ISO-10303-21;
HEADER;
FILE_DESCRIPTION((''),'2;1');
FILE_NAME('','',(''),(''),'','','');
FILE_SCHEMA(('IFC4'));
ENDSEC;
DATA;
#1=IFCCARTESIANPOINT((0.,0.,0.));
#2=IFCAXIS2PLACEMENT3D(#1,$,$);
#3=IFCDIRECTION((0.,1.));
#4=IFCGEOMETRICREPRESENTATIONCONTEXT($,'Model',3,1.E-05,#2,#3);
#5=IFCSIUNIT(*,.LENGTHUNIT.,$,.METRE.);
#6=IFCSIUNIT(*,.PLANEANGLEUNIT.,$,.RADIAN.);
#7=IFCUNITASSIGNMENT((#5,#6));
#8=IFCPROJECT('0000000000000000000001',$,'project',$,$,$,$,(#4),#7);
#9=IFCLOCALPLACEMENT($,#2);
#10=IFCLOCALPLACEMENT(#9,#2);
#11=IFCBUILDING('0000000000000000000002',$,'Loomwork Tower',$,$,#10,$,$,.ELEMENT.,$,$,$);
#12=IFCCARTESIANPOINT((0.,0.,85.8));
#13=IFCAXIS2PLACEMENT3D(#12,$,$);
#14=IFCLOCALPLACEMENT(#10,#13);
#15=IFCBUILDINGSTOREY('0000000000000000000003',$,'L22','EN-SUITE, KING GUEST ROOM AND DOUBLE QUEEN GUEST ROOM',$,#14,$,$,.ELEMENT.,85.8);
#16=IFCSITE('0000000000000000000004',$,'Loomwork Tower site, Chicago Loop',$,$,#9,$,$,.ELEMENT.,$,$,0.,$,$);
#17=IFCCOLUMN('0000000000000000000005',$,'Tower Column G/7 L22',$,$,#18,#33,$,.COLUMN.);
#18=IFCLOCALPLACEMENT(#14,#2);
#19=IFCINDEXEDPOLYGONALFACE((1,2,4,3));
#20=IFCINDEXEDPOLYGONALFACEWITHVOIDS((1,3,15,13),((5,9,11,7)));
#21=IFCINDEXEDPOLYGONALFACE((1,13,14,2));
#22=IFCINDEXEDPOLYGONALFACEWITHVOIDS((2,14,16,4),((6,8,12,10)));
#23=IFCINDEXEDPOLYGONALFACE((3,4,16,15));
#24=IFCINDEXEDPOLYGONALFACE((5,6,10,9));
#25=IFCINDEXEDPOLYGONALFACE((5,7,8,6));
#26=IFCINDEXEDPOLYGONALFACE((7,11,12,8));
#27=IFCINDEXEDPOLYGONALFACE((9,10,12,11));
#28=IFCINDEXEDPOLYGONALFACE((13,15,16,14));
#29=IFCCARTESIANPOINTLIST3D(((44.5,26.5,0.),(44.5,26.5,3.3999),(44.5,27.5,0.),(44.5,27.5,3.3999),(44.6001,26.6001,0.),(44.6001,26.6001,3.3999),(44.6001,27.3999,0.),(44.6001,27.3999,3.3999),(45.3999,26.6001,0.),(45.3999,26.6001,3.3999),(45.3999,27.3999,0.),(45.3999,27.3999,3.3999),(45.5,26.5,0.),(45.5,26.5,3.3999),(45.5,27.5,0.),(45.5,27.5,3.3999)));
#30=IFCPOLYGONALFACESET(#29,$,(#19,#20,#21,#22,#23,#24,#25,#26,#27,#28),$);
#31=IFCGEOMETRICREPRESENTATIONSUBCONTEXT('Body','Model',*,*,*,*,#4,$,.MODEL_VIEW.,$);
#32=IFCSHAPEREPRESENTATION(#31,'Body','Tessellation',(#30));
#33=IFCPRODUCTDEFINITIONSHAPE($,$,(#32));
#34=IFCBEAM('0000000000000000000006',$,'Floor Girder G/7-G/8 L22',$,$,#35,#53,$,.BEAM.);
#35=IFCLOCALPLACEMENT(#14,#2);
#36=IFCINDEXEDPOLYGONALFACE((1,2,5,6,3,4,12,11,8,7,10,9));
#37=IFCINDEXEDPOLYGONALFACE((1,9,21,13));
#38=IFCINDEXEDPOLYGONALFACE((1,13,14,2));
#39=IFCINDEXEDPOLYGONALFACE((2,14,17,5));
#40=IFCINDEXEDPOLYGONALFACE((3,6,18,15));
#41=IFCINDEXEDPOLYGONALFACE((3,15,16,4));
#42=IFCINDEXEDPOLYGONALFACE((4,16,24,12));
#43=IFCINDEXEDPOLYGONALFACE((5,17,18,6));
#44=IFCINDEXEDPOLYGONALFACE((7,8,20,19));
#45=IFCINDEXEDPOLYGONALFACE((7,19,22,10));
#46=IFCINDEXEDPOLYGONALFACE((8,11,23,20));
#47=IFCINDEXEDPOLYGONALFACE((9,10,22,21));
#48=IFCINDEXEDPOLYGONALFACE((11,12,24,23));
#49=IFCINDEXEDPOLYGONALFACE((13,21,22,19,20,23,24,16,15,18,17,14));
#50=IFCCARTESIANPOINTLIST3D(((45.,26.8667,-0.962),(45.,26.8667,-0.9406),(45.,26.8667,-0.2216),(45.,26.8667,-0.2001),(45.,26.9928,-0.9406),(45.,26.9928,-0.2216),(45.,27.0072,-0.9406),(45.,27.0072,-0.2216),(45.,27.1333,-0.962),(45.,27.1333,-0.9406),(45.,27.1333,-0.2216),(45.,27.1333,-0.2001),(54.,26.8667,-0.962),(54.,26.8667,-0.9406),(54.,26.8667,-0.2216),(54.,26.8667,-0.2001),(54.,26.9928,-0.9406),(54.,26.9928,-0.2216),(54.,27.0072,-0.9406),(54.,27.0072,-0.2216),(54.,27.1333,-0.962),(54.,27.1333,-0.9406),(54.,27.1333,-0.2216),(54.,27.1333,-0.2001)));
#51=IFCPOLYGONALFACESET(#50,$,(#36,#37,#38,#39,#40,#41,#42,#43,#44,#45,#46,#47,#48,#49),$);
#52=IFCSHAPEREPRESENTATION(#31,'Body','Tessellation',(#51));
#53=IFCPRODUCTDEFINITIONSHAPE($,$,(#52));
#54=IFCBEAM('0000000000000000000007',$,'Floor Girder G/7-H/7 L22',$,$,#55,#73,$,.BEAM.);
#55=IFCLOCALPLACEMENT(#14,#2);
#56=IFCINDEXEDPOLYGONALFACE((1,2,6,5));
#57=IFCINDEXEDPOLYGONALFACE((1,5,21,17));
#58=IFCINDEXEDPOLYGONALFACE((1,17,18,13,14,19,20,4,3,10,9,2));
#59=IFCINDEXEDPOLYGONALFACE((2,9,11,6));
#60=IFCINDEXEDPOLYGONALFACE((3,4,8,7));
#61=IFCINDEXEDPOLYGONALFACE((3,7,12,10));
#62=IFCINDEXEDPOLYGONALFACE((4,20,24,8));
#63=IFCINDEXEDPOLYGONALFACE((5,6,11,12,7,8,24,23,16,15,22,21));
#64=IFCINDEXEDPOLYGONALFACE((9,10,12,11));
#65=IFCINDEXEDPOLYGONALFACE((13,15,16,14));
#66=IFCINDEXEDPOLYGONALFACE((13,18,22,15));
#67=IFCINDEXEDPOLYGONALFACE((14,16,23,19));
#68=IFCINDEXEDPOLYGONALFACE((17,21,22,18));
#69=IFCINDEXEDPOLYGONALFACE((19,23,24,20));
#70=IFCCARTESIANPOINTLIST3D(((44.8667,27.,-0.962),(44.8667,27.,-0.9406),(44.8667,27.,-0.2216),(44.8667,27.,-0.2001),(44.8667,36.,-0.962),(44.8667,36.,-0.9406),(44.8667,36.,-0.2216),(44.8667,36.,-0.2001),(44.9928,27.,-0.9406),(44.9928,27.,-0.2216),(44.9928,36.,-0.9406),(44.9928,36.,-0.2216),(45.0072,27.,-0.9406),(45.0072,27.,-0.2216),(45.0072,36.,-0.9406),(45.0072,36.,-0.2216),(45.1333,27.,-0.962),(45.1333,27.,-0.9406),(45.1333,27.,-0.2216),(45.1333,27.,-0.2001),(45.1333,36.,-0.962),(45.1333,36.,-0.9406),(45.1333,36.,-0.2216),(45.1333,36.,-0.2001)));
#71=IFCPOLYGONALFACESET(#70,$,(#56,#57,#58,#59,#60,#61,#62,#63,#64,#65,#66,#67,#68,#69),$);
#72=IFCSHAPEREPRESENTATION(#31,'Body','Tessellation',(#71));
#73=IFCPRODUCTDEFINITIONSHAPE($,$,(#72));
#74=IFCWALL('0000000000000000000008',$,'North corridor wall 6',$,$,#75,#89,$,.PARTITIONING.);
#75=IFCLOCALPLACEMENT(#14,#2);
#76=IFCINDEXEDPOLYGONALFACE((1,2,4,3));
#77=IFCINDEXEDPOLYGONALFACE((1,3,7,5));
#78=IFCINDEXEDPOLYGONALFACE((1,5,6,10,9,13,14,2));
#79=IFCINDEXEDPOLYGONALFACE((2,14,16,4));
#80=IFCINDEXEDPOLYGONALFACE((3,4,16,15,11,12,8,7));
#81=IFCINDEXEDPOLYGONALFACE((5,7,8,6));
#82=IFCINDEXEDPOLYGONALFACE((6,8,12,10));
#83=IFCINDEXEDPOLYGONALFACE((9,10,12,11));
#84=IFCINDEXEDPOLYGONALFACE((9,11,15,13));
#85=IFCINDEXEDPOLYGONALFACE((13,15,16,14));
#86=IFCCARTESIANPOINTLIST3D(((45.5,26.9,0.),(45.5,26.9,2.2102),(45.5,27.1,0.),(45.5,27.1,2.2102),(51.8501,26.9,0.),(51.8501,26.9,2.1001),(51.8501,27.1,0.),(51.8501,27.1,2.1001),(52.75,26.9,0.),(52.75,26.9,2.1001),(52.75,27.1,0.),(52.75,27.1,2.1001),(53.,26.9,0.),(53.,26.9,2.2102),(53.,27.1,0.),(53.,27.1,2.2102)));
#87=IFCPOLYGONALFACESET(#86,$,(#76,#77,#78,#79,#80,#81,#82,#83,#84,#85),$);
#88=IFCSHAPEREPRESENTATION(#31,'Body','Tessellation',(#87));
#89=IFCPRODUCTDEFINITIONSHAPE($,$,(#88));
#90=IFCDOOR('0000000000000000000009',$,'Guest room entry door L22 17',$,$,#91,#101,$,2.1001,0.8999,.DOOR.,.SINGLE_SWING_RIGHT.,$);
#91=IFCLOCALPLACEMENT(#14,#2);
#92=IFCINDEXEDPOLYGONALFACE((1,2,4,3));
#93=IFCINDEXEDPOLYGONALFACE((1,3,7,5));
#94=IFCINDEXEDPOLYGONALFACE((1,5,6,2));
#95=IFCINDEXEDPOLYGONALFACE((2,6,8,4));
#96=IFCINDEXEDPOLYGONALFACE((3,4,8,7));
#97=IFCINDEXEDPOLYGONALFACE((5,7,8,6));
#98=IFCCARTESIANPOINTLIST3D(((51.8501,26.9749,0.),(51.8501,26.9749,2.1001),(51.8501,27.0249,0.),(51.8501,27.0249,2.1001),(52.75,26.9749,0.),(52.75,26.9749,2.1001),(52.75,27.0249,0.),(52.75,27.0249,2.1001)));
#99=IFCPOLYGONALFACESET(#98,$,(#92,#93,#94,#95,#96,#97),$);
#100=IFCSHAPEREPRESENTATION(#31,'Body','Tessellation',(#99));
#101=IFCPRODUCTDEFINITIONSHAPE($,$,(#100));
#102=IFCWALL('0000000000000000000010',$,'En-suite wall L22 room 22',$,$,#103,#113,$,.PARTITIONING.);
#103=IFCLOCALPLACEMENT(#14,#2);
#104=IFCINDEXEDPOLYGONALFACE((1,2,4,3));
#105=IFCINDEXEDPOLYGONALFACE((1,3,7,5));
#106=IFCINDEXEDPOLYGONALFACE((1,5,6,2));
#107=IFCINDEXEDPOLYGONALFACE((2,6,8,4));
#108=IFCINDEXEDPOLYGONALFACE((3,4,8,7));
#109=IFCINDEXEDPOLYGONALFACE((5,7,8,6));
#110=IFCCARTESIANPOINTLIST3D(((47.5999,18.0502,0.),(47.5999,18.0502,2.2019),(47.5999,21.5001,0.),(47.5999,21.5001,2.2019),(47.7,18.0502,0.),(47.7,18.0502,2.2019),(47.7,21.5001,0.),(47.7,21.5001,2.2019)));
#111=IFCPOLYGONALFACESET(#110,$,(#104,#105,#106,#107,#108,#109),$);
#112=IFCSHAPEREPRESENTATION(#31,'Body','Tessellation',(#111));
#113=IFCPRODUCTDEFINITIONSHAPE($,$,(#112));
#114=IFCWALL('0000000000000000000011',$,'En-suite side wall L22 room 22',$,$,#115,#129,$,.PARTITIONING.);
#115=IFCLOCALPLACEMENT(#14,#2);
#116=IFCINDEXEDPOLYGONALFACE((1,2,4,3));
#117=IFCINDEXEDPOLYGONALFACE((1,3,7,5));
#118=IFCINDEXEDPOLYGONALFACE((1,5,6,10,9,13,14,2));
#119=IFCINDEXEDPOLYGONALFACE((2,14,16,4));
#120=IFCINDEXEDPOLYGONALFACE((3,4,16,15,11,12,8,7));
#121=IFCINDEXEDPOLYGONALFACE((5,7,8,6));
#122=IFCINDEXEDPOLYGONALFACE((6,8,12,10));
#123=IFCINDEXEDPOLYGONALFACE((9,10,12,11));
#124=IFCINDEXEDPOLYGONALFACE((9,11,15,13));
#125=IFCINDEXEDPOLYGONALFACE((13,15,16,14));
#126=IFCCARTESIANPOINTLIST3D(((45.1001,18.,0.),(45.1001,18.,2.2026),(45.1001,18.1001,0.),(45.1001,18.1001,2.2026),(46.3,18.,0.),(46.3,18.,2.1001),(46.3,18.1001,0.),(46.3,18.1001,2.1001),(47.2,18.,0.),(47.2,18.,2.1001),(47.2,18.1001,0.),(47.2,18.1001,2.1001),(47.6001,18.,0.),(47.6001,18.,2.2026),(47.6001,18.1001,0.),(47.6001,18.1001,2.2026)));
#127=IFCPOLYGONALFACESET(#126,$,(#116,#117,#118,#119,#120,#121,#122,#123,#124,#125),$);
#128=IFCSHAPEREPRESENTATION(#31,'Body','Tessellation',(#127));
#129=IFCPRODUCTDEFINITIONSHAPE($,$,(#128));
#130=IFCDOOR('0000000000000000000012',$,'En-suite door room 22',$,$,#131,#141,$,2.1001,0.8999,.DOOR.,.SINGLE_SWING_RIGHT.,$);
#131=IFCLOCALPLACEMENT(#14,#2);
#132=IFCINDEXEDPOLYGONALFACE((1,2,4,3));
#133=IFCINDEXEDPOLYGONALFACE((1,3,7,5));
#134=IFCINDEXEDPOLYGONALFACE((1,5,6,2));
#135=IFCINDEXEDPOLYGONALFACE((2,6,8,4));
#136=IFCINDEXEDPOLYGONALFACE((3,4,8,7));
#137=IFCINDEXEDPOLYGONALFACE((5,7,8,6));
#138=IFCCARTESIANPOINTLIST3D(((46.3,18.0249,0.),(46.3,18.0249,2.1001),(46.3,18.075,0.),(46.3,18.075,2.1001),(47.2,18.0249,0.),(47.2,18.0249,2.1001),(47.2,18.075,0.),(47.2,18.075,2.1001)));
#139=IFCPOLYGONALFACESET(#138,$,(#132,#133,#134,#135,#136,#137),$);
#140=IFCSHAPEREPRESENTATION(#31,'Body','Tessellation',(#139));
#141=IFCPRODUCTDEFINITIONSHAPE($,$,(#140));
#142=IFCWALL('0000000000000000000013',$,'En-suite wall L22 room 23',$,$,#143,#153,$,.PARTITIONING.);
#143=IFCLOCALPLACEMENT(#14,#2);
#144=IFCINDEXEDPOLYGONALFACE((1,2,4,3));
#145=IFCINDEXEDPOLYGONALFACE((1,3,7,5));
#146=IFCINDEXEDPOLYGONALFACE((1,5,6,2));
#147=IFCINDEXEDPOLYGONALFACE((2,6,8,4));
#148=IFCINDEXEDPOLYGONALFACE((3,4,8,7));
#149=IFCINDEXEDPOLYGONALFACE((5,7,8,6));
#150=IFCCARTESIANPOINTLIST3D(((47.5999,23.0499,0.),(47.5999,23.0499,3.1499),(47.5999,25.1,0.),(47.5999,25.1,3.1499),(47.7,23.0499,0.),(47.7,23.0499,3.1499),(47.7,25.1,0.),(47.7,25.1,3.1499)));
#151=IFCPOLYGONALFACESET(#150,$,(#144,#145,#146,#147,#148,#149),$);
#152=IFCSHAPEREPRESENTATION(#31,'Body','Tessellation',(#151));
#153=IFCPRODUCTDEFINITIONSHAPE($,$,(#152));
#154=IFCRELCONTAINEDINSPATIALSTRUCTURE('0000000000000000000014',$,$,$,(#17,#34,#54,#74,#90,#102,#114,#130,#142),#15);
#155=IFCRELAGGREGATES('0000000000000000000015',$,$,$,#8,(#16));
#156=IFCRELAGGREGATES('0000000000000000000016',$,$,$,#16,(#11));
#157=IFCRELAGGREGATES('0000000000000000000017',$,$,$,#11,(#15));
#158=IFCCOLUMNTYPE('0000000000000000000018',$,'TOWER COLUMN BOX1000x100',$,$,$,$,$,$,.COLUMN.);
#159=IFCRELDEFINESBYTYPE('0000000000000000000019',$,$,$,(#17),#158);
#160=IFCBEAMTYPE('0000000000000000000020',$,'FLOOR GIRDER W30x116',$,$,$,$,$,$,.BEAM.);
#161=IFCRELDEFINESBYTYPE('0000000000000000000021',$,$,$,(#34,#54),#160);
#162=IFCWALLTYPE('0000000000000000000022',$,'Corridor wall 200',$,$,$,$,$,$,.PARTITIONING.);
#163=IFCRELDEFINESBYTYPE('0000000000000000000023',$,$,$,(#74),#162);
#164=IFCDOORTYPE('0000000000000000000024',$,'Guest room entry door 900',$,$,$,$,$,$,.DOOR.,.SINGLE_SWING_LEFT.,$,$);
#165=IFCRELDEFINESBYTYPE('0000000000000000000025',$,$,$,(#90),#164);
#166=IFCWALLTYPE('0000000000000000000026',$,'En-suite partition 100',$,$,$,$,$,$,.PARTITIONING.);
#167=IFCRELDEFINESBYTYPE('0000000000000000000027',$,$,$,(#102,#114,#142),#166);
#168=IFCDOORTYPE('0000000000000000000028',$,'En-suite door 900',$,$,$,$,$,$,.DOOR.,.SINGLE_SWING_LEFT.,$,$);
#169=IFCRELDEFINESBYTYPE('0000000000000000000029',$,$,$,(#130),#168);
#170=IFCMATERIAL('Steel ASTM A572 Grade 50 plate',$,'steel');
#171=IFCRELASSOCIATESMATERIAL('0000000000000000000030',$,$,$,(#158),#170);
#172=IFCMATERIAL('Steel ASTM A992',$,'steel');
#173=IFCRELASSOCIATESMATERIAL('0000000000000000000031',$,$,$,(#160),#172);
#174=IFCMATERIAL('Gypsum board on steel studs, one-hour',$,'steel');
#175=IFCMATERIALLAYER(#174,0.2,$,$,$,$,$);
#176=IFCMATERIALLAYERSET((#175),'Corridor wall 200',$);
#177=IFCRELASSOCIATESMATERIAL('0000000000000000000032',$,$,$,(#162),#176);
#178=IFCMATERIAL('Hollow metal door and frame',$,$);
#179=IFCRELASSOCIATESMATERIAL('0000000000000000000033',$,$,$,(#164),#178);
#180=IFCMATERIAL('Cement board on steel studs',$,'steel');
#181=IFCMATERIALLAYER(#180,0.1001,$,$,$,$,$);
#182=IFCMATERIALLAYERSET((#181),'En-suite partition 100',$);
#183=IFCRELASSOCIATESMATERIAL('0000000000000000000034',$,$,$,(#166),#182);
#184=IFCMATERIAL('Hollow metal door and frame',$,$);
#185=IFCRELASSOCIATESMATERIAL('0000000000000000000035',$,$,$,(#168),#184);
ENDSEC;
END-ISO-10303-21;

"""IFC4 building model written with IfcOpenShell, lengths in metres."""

from ifc_helpers import new_model, si_unit, direction, frame, frame_2d, origin, origin_2d, place, context, subcontext, project, spatial, rectangle, hollow_rectangle, i_section, extrude, material, layer, layer_set, material_profile, profile_set, type_object, element, fill, save


model = new_model("IFC4")

# Units and contexts
model_context = context("Model", 3, precision=1e-05, world=origin(), true_north=direction((0.0, 1.0)))
body_context = subcontext(model_context, "Body", "Model", "MODEL_VIEW")
ifc_project = project(units=[si_unit("LENGTHUNIT", "METRE"), si_unit("PLANEANGLEUNIT", "RADIAN")], contexts=[model_context])

# Site, building, storey
site_placement = place(None, origin())
site = spatial("IfcSite", under=ifc_project, at=site_placement, Name="Loomwork Tower site, Chicago Loop", CompositionType="ELEMENT", RefElevation=0.0)
building_placement = place(site_placement, origin())
building = spatial("IfcBuilding", under=site, at=building_placement, Name="Loomwork Tower", CompositionType="ELEMENT")
storey_placement = place(building_placement, frame((0.0, 0.0, 85.8)))
storey = spatial("IfcBuildingStorey", under=building, at=storey_placement, Name="L22", Description="EN-SUITE, KING GUEST ROOM AND DOUBLE QUEEN GUEST ROOM", CompositionType="ELEMENT", Elevation=85.8)

# Column
ifc_material_1 = material(Name="Steel ASTM A572 Grade 50 plate", Category="steel")
ifc_material_profile_1 = material_profile(ifc_material_1, hollow_rectangle(XDim=1.0, YDim=1.0, WallThickness=0.1001, at=origin_2d()), Name="BOX1000x100")
ifc_profile_set_1 = profile_set([ifc_material_profile_1], Name="Steel ASTM A572 Grade 50 plate")
column_type = type_object("IfcColumnType", Name="TOWER COLUMN BOX1000x100", PredefinedType="COLUMN", material=ifc_profile_set_1)
column_placement = place(storey_placement, frame((45.0, 27.0, 0.0), z_axis=(0.0, 0.0, 1.0), x_axis=(0.0, 1.0, 0.0)))
element("IfcColumn", 1, at=column_placement, inside=storey, type_object=column_type, Name="Tower Column G/7 L22", PredefinedType="COLUMN", context=body_context, shape_type="SweptSolid", body=[
    extrude(hollow_rectangle(XDim=1.0, YDim=1.0, WallThickness=0.1001, at=origin_2d()), origin(), (0.0, 0.0, 1.0), 3.3999),
])

# Beams
ifc_material_2 = material(Name="Steel ASTM A992", Category="steel")
ifc_material_profile_2 = material_profile(ifc_material_2, i_section(OverallWidth=0.2666, OverallDepth=0.762, WebThickness=0.0144, FlangeThickness=0.0215, at=origin_2d()), Name="W30x116")
ifc_profile_set_2 = profile_set([ifc_material_profile_2], Name="Steel ASTM A992")
beam_type = type_object("IfcBeamType", Name="FLOOR GIRDER W30x116", PredefinedType="BEAM", material=ifc_profile_set_2)
for number, where, z_axis, x_axis, name in (
    (2, (45.0, 27.0, -0.5811), (1.0, 0.0, 0.0), (0.0, 1.0, 0.0), "Floor Girder G/7-G/8 L22"),
    (3, (45.0, 27.0, -0.5811), (0.0, 1.0, 0.0), (-1.0, 0.0, 0.0), "Floor Girder G/7-H/7 L22"),
):
    element("IfcBeam", number, at=place(storey_placement, frame(where, z_axis=z_axis, x_axis=x_axis)), inside=storey, type_object=beam_type, Name=name, PredefinedType="BEAM", context=body_context, shape_type="SweptSolid", body=[
        extrude(i_section(OverallWidth=0.2666, OverallDepth=0.762, WebThickness=0.0144, FlangeThickness=0.0215, at=origin_2d()), origin(), (0.0, 0.0, 1.0), 9.0),
    ])

# Wall, opening, door
ifc_material_3 = material(Name="Gypsum board on steel studs, one-hour", Category="steel")
ifc_layer_1 = layer(ifc_material_3, 0.2)
ifc_layer_set_1 = layer_set([ifc_layer_1], Name="Corridor wall 200")
wall_type_1 = type_object("IfcWallType", Name="Corridor wall 200", PredefinedType="PARTITIONING", material=ifc_layer_set_1)
wall_1_placement = place(storey_placement, frame((45.5, 27.0, 0.0), z_axis=(0.0, 0.0, 1.0), x_axis=(1.0, 0.0, 0.0)))
wall_1 = element("IfcWall", 4, at=wall_1_placement, inside=storey, type_object=wall_type_1, Name="North corridor wall 6", PredefinedType="PARTITIONING", context=body_context, shape_type="SweptSolid", body=[
    extrude(rectangle(XDim=7.5, YDim=0.2, at=frame_2d((3.75, 0.0))), origin(), (0.0, 0.0, 1.0), 2.2102),
])
opening_1_placement = place(wall_1_placement, frame((6.3501, 0.0, 0.0)))
opening_1 = element("IfcOpeningElement", 5, at=opening_1_placement, cuts=wall_1, PredefinedType="OPENING", context=body_context, shape_type="SweptSolid", body=[
    extrude(rectangle(XDim=0.8999, YDim=2.1001, at=frame_2d((0.45, 1.05))), frame((0.0, 0.1099, 0.0), z_axis=(0.0, -1.0, 0.0), x_axis=(1.0, 0.0, 0.0)), (0.0, 0.0, 1.0), 0.22),
])
ifc_material_4 = material(Name="Hollow metal door and frame")
door_type_1 = type_object("IfcDoorType", Name="Guest room entry door 900", OperationType="SINGLE_SWING_LEFT", PredefinedType="DOOR", material=ifc_material_4)
door_1_placement = place(opening_1_placement, origin())
door_1 = element("IfcDoor", 6, at=door_1_placement, inside=storey, type_object=door_type_1, Name="Guest room entry door L22 17", OperationType="SINGLE_SWING_RIGHT", OverallHeight=2.1001, OverallWidth=0.8999, PredefinedType="DOOR", context=body_context, shape_type="SweptSolid", body=[
    extrude(rectangle(XDim=0.8999, YDim=2.1001, at=frame_2d((0.45, 1.05))), frame((0.0, 0.0249, 0.0), z_axis=(0.0, -1.0, 0.0), x_axis=(1.0, 0.0, 0.0)), (0.0, 0.0, 1.0), 0.05),
])
fill(opening_1, door_1)

# Wall
ifc_material_5 = material(Name="Cement board on steel studs", Category="steel")
ifc_layer_2 = layer(ifc_material_5, 0.1001)
ifc_layer_set_2 = layer_set([ifc_layer_2], Name="En-suite partition 100")
wall_type_2 = type_object("IfcWallType", Name="En-suite partition 100", PredefinedType="PARTITIONING", material=ifc_layer_set_2)
wall_2_placement = place(storey_placement, frame((47.6499, 18.05, 0.0), z_axis=(0.0, 0.0, 1.0), x_axis=(0.0, 1.0, 0.0)))
element("IfcWall", 7, at=wall_2_placement, inside=storey, type_object=wall_type_2, Name="En-suite wall L22 room 22", PredefinedType="PARTITIONING", context=body_context, shape_type="SweptSolid", body=[
    extrude(rectangle(XDim=3.45, YDim=0.1001, at=frame_2d((1.7251, 0.0))), origin(), (0.0, 0.0, 1.0), 2.2019),
])

# Wall, opening, door
wall_3_placement = place(storey_placement, frame((45.1001, 18.05, 0.0), z_axis=(0.0, 0.0, 1.0), x_axis=(1.0, 0.0, 0.0)))
wall_3 = element("IfcWall", 8, at=wall_3_placement, inside=storey, type_object=wall_type_2, Name="En-suite side wall L22 room 22", PredefinedType="PARTITIONING", context=body_context, shape_type="SweptSolid", body=[
    extrude(rectangle(XDim=2.5, YDim=0.1001, at=frame_2d((1.25, 0.0))), origin(), (0.0, 0.0, 1.0), 2.2026),
])
opening_2_placement = place(wall_3_placement, frame((1.2, 0.0, 0.0)))
opening_2 = element("IfcOpeningElement", 9, at=opening_2_placement, cuts=wall_3, PredefinedType="OPENING", context=body_context, shape_type="SweptSolid", body=[
    extrude(rectangle(XDim=0.8999, YDim=2.1001, at=frame_2d((0.45, 1.05))), frame((0.0, 0.0601, 0.0), z_axis=(0.0, -1.0, 0.0), x_axis=(1.0, 0.0, 0.0)), (0.0, 0.0, 1.0), 0.1201),
])
ifc_material_6 = material(Name="Hollow metal door and frame")
door_type_2 = type_object("IfcDoorType", Name="En-suite door 900", OperationType="SINGLE_SWING_LEFT", PredefinedType="DOOR", material=ifc_material_6)
door_2_placement = place(opening_2_placement, origin())
door_2 = element("IfcDoor", 10, at=door_2_placement, inside=storey, type_object=door_type_2, Name="En-suite door room 22", OperationType="SINGLE_SWING_RIGHT", OverallHeight=2.1001, OverallWidth=0.8999, PredefinedType="DOOR", context=body_context, shape_type="SweptSolid", body=[
    extrude(rectangle(XDim=0.8999, YDim=2.1001, at=frame_2d((0.45, 1.05))), frame((0.0, 0.0249, 0.0), z_axis=(0.0, -1.0, 0.0), x_axis=(1.0, 0.0, 0.0)), (0.0, 0.0, 1.0), 0.05),
])
fill(opening_2, door_2)

# Wall
wall_4_placement = place(storey_placement, frame((47.6499, 23.05, 0.0), z_axis=(0.0, 0.0, 1.0), x_axis=(0.0, 1.0, 0.0)))
element("IfcWall", 11, at=wall_4_placement, inside=storey, type_object=wall_type_2, Name="En-suite wall L22 room 23", PredefinedType="PARTITIONING", context=body_context, shape_type="SweptSolid", body=[
    extrude(rectangle(XDim=2.05, YDim=0.1001, at=frame_2d((1.0249, 0.0))), origin(), (0.0, 0.0, 1.0), 3.1499),
])

save(model, "model.ifc")
